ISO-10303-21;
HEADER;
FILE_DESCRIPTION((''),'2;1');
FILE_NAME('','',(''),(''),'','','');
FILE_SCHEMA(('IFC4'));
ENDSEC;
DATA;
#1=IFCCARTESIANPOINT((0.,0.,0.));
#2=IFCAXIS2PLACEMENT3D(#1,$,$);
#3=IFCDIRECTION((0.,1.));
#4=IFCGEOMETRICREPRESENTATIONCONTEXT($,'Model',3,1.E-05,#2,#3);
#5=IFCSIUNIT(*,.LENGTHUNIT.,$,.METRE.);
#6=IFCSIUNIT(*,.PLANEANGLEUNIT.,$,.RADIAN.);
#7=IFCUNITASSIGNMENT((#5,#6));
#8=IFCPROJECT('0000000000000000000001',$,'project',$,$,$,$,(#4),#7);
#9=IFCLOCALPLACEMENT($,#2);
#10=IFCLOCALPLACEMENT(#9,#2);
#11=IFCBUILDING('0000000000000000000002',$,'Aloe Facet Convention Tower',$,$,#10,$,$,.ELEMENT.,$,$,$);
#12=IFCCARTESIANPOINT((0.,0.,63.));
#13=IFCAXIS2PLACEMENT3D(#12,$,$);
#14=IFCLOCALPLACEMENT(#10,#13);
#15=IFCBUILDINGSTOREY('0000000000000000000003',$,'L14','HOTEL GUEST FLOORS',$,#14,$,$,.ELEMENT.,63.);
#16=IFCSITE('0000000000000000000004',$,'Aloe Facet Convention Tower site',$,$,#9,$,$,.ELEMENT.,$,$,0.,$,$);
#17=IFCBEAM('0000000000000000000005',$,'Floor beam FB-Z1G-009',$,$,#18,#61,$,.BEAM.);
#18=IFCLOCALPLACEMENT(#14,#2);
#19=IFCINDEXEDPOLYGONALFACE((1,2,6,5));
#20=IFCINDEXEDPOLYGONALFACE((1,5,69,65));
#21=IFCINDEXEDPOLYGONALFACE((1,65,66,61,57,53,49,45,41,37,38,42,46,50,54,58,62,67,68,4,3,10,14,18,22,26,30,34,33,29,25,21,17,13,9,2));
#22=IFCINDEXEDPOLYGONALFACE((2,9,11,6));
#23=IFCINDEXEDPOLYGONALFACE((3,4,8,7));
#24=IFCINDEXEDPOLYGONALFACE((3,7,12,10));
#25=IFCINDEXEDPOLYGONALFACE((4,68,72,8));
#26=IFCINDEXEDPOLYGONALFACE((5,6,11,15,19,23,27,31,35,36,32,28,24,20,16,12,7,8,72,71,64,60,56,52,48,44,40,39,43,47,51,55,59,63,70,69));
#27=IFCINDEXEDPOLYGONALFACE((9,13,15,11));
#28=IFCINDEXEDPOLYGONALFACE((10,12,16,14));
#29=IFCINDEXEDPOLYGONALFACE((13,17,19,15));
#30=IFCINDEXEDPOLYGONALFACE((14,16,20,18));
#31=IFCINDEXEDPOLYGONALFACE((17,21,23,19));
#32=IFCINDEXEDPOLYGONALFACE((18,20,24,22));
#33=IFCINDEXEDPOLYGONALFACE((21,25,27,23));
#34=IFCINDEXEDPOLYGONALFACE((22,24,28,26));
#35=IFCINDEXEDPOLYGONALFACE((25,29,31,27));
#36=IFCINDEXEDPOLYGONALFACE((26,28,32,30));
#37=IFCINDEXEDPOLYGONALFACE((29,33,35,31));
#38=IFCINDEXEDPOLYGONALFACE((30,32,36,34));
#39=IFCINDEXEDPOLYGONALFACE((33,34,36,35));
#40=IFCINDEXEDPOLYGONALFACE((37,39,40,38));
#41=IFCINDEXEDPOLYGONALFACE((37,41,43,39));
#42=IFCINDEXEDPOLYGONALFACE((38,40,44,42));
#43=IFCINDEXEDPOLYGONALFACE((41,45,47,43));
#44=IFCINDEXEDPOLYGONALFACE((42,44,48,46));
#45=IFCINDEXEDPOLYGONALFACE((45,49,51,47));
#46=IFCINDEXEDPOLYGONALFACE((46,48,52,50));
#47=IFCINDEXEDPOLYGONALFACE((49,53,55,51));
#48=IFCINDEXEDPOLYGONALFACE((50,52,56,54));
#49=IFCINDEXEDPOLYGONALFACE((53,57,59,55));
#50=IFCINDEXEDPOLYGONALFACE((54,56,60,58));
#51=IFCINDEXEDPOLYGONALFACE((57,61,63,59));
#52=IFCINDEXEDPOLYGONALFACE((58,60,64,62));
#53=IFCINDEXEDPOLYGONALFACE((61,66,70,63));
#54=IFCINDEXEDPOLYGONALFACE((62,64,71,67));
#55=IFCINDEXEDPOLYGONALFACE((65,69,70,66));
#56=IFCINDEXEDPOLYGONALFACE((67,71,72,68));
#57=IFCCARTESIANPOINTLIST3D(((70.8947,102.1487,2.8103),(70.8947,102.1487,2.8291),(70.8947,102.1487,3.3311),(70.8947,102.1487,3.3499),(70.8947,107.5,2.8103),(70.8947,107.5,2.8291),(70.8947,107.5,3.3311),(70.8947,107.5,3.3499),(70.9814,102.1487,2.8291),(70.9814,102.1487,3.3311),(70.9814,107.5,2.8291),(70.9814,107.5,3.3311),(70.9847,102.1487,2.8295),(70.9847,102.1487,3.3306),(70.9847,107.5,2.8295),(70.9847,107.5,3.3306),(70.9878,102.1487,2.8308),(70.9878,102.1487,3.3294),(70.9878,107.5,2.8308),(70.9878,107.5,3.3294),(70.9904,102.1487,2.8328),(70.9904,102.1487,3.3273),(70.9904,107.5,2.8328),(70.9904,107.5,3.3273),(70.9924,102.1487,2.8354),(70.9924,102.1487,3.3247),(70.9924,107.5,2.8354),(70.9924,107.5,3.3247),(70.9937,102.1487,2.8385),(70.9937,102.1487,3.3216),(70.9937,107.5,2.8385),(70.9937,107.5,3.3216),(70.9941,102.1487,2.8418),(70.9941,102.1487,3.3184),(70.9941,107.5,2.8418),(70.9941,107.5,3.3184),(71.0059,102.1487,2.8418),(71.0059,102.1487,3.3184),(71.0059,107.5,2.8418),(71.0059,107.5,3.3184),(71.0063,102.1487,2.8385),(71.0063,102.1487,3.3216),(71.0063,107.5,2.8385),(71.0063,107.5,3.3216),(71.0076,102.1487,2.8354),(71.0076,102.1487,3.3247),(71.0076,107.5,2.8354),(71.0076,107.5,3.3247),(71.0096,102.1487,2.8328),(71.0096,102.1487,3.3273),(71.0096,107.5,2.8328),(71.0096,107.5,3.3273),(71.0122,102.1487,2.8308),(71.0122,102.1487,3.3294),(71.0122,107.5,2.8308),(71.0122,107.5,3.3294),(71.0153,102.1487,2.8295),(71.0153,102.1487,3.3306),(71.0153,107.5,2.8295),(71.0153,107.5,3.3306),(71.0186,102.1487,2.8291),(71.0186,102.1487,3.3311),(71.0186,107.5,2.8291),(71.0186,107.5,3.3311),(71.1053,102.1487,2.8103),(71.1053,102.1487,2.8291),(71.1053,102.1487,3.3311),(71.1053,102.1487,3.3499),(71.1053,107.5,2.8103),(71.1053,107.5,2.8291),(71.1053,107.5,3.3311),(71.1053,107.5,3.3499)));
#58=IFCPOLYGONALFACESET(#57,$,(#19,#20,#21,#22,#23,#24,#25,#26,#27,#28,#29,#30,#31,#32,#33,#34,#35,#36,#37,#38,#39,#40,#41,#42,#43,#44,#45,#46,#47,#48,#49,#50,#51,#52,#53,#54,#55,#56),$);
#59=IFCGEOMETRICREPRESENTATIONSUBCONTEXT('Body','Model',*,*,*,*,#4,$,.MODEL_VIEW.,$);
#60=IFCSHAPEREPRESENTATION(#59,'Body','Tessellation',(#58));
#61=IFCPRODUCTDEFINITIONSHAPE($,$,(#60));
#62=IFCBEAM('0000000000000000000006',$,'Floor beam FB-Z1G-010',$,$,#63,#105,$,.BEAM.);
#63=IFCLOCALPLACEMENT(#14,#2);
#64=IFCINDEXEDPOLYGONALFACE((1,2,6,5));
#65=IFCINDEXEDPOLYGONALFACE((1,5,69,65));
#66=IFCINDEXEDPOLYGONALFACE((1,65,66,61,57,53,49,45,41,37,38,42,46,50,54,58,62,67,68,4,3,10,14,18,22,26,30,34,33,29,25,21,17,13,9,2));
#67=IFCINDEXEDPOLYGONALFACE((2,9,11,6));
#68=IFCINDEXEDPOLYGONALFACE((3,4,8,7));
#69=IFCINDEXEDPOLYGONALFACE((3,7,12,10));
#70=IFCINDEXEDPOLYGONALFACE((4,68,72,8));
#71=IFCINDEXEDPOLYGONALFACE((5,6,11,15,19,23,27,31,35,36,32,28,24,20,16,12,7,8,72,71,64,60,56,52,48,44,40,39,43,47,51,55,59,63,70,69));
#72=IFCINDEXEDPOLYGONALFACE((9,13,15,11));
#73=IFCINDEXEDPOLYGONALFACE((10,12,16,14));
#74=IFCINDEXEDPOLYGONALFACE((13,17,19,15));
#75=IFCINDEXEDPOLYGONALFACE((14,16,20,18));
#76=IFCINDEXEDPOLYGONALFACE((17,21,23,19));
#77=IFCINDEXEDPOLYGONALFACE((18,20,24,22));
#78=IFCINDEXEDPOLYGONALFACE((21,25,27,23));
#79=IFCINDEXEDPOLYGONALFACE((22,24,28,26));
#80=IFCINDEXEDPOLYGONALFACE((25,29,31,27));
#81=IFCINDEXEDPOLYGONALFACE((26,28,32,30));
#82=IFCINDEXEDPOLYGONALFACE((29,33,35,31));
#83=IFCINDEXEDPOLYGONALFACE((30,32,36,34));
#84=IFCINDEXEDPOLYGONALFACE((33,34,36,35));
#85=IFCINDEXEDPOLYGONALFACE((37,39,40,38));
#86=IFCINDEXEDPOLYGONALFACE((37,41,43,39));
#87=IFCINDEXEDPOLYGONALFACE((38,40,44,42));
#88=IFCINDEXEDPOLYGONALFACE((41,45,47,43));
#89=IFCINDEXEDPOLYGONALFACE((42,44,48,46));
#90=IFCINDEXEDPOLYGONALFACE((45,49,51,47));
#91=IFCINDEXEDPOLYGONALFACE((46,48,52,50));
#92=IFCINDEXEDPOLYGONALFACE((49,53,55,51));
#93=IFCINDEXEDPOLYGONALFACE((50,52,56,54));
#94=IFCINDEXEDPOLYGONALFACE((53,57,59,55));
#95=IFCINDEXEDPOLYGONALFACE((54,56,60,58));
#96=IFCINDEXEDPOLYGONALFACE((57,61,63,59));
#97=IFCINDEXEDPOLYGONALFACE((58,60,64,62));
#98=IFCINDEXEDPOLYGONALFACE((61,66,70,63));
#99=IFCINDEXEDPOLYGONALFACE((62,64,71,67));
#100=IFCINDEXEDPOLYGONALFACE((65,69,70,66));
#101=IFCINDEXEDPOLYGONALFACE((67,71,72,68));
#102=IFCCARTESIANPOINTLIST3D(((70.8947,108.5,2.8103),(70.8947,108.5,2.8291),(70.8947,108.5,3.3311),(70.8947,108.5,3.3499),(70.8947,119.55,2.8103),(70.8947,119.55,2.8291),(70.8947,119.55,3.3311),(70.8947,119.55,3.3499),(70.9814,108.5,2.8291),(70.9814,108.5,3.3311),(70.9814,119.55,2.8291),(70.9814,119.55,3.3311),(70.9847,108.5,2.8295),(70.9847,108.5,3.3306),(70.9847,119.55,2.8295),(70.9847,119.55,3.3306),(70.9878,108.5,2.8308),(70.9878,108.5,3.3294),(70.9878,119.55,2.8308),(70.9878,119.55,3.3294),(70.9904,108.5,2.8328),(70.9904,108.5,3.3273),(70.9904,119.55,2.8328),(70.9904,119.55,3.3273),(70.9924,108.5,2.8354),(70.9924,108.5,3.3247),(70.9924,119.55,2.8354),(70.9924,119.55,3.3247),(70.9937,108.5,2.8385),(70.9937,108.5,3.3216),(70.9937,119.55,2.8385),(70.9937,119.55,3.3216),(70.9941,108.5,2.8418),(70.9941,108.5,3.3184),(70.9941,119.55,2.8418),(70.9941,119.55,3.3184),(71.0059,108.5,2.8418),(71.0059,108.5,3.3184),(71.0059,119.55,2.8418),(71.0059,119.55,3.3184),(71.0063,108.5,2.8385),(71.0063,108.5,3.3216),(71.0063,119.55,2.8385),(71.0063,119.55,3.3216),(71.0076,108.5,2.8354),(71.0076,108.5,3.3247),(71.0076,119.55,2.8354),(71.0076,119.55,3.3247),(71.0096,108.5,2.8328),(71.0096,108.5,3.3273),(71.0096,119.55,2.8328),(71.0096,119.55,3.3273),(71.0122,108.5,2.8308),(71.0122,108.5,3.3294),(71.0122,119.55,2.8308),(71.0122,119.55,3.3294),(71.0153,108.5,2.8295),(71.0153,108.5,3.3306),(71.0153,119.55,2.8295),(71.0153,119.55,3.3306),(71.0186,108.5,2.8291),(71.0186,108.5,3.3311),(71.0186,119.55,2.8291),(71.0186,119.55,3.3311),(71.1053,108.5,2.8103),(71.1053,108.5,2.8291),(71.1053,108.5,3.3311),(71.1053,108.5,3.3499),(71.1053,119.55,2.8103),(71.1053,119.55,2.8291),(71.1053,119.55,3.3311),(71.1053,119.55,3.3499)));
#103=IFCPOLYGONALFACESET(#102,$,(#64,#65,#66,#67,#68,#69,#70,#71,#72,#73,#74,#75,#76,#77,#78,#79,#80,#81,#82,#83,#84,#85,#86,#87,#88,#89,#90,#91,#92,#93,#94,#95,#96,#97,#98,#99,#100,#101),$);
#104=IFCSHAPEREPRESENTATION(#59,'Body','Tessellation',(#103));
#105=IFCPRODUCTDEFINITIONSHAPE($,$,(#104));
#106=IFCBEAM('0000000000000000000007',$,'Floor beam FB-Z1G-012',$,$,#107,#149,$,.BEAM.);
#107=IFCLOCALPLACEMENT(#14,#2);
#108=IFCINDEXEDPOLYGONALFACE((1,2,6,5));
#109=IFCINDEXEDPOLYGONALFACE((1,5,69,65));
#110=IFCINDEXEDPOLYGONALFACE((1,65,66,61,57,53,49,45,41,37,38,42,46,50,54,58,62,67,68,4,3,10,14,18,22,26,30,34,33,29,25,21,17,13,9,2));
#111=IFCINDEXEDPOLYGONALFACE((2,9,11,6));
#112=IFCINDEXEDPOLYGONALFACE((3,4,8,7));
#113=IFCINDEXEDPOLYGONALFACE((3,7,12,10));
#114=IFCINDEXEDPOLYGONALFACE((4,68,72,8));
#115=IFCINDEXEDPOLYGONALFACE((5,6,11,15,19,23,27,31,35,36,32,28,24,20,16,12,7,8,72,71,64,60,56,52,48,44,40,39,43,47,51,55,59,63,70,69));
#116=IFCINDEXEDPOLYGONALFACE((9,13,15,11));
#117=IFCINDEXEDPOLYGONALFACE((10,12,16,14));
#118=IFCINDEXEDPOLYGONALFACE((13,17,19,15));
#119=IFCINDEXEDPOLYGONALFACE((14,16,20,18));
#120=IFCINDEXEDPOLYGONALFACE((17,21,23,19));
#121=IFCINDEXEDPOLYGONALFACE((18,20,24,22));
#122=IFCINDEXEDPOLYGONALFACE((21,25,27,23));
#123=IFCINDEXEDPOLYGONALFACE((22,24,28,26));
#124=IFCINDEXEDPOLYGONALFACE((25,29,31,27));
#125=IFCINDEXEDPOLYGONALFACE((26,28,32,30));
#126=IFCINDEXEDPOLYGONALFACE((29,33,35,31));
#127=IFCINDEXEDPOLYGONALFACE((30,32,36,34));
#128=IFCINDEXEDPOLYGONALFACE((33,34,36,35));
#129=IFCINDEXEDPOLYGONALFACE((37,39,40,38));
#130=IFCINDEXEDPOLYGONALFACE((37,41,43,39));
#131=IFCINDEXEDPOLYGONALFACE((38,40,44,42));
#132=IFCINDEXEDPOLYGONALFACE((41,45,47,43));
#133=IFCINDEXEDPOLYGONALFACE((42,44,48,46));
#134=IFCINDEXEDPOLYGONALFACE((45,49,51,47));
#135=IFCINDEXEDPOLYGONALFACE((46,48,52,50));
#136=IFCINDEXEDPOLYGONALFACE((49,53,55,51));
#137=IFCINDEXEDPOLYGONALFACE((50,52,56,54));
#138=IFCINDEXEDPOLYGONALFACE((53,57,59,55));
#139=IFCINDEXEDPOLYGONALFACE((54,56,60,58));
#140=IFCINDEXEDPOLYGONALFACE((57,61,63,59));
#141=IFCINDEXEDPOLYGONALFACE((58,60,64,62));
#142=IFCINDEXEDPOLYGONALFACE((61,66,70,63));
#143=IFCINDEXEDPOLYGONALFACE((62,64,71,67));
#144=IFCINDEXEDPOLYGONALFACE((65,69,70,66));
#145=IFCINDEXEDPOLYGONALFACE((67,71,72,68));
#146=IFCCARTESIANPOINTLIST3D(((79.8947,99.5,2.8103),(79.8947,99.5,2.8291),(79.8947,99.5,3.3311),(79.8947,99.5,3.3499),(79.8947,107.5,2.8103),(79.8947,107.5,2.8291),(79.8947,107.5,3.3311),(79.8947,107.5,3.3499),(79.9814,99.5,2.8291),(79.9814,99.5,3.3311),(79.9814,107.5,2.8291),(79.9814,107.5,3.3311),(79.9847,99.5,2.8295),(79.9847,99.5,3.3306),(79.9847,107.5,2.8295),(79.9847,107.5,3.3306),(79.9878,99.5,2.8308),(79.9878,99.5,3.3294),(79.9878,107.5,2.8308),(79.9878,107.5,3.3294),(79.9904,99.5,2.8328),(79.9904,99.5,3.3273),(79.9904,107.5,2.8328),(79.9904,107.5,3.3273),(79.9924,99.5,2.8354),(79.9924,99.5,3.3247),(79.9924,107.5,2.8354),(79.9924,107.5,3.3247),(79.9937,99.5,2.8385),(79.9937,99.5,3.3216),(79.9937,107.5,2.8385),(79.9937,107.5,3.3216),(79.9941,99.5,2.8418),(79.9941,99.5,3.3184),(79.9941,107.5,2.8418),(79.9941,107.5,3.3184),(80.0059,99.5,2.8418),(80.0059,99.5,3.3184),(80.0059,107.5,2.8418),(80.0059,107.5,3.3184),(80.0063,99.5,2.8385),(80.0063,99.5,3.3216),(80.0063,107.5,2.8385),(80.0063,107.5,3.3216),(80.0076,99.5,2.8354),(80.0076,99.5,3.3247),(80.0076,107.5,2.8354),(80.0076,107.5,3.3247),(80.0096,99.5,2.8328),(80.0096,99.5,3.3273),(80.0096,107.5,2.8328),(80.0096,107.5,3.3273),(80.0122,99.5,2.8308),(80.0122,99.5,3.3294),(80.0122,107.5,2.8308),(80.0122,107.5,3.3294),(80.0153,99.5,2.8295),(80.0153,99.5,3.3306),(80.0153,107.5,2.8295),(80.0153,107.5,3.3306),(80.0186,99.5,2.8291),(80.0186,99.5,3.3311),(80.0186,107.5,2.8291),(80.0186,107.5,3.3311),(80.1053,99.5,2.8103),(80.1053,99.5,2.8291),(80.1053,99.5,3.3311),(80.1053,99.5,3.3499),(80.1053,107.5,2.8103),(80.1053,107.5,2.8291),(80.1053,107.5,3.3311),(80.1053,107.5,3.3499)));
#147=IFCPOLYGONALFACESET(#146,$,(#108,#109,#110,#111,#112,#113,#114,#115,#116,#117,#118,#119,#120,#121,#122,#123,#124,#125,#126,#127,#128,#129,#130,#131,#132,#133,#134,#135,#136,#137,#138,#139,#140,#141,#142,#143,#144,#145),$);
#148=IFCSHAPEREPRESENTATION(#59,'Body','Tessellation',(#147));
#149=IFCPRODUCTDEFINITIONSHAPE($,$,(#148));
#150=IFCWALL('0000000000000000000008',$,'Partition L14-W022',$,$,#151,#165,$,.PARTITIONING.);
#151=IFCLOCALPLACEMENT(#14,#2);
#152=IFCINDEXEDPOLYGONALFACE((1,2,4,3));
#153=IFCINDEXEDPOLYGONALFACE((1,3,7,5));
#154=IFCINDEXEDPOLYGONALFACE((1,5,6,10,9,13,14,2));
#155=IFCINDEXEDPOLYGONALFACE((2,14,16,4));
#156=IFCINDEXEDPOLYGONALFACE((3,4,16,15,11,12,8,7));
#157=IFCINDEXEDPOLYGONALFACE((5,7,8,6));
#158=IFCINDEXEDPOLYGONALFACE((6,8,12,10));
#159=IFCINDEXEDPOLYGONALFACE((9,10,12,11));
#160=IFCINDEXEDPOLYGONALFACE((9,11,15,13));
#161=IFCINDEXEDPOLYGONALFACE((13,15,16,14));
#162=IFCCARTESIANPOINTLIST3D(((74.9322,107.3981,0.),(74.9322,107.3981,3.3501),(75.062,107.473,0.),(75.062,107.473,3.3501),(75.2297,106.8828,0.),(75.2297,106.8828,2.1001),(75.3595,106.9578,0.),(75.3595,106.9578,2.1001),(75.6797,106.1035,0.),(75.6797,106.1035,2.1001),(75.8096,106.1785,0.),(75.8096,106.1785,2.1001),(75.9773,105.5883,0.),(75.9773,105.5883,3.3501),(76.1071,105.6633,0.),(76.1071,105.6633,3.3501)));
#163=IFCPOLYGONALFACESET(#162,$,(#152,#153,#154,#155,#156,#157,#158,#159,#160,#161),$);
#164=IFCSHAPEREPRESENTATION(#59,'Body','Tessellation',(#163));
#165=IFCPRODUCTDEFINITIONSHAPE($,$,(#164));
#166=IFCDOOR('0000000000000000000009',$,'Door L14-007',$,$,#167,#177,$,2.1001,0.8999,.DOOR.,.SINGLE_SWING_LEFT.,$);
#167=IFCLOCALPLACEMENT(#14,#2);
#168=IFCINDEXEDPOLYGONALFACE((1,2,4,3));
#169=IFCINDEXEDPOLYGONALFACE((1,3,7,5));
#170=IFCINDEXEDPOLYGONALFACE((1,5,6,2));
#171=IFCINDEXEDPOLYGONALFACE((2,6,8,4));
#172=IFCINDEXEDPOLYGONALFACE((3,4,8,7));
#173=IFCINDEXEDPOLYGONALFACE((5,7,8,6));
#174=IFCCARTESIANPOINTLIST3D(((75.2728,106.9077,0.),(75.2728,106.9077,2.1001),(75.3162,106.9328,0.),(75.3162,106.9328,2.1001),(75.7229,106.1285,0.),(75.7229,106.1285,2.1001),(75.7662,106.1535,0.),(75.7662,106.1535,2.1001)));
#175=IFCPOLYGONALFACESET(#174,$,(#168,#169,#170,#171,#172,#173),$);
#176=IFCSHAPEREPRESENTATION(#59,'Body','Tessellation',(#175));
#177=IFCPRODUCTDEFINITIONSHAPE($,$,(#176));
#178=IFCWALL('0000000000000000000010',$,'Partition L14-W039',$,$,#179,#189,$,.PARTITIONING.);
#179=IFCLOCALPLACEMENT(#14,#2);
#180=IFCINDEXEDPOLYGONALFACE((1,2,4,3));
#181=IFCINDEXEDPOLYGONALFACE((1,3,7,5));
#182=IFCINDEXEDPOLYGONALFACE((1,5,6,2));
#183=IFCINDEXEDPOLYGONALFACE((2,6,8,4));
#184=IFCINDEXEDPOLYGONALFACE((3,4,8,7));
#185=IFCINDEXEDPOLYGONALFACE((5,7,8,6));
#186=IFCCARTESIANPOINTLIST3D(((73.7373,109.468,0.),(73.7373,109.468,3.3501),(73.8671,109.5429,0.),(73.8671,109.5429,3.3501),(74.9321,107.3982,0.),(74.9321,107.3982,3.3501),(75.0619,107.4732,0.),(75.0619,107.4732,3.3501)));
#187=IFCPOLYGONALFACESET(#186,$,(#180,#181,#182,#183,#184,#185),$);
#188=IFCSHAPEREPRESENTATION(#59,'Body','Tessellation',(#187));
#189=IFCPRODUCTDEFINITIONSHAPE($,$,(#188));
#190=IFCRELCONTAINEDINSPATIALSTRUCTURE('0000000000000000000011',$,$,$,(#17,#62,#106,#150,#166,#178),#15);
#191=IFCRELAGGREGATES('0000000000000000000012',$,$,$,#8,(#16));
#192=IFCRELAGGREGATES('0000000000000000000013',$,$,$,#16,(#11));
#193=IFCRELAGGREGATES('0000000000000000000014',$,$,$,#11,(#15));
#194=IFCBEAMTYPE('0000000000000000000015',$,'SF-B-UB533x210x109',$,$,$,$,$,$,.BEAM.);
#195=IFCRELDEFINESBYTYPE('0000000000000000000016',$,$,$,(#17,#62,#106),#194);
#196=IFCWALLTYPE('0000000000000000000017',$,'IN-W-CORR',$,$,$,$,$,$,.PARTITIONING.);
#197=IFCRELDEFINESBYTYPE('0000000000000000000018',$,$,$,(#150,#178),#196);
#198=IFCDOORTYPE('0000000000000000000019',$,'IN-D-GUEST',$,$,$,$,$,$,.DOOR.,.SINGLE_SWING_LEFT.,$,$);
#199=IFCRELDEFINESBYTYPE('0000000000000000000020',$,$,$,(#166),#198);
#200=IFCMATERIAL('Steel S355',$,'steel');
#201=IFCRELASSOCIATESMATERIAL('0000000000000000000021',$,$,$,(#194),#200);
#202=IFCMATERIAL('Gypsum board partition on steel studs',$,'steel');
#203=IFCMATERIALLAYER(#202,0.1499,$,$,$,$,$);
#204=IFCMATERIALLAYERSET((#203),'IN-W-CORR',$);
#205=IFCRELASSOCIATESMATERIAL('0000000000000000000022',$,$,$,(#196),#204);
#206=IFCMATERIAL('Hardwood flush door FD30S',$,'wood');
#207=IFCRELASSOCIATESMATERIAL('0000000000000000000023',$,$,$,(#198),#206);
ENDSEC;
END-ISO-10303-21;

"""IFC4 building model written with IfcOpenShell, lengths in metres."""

from ifc_helpers import new_model, si_unit, direction, frame, frame_2d, origin, origin_2d, place, context, subcontext, project, spatial, rectangle, i_section, extrude, material, layer, layer_set, material_profile, profile_set, type_object, element, fill, save


model = new_model("IFC4")

# Units and contexts
model_context = context("Model", 3, precision=1e-05, world=origin(), true_north=direction((0.0, 1.0)))
body_context = subcontext(model_context, "Body", "Model", "MODEL_VIEW")
ifc_project = project(units=[si_unit("LENGTHUNIT", "METRE"), si_unit("PLANEANGLEUNIT", "RADIAN")], contexts=[model_context])

# Site, building, storey
site_placement = place(None, origin())
site = spatial("IfcSite", under=ifc_project, at=site_placement, Name="Aloe Facet Convention Tower site", CompositionType="ELEMENT", RefElevation=0.0)
building_placement = place(site_placement, origin())
building = spatial("IfcBuilding", under=site, at=building_placement, Name="Aloe Facet Convention Tower", CompositionType="ELEMENT")
storey_placement = place(building_placement, frame((0.0, 0.0, 63.0)))
storey = spatial("IfcBuildingStorey", under=building, at=storey_placement, Name="L14", Description="HOTEL GUEST FLOORS", CompositionType="ELEMENT", Elevation=63.0)

# Beams
ifc_material_1 = material(Name="Steel S355", Category="steel")
ifc_material_profile_1 = material_profile(ifc_material_1, i_section(OverallWidth=0.2107, OverallDepth=0.5396, WebThickness=0.0117, FlangeThickness=0.0188, FilletRadius=0.0127, at=origin_2d()), Name="UB 533x210x109")
ifc_profile_set_1 = profile_set([ifc_material_profile_1], Name="Steel S355")
beam_type_1 = type_object("IfcBeamType", Name="SF-B-UB533x210x109", PredefinedType="BEAM", material=ifc_profile_set_1)
beam_1_placement = place(storey_placement, frame((71.0, 107.5, 3.0801), z_axis=(0.0, -1.0, 0.0), x_axis=(1.0, 0.0, 0.0)))
element("IfcBeam", 1, at=beam_1_placement, inside=storey, type_object=beam_type_1, Name="Floor beam FB-Z1G-009", PredefinedType="BEAM", context=body_context, shape_type="SweptSolid", body=[
    extrude(i_section(OverallWidth=0.2107, OverallDepth=0.5396, WebThickness=0.0117, FlangeThickness=0.0188, FilletRadius=0.0127, at=origin_2d()), origin(), (0.0, 0.0, 1.0), 5.3513),
])
beam_2_placement = place(storey_placement, frame((71.0, 119.55, 3.0801), z_axis=(0.0, -1.0, 0.0), x_axis=(1.0, 0.0, 0.0)))
element("IfcBeam", 2, at=beam_2_placement, inside=storey, type_object=beam_type_1, Name="Floor beam FB-Z1G-010", PredefinedType="BEAM", context=body_context, shape_type="SweptSolid", body=[
    extrude(i_section(OverallWidth=0.2107, OverallDepth=0.5396, WebThickness=0.0117, FlangeThickness=0.0188, FilletRadius=0.0127, at=origin_2d()), origin(), (0.0, 0.0, 1.0), 11.05),
])
beam_3_placement = place(storey_placement, frame((80.0, 107.5, 3.0801), z_axis=(0.0, -1.0, 0.0), x_axis=(1.0, 0.0, 0.0)))
element("IfcBeam", 3, at=beam_3_placement, inside=storey, type_object=beam_type_1, Name="Floor beam FB-Z1G-012", PredefinedType="BEAM", context=body_context, shape_type="SweptSolid", body=[
    extrude(i_section(OverallWidth=0.2107, OverallDepth=0.5396, WebThickness=0.0117, FlangeThickness=0.0188, FilletRadius=0.0127, at=origin_2d()), origin(), (0.0, 0.0, 1.0), 8.0),
])

# Wall, opening, door
ifc_material_2 = material(Name="Gypsum board partition on steel studs", Category="steel")
ifc_layer_1 = layer(ifc_material_2, 0.1499)
ifc_layer_set_1 = layer_set([ifc_layer_1], Name="IN-W-CORR")
wall_type_1 = type_object("IfcWallType", Name="IN-W-CORR", PredefinedType="PARTITIONING", material=ifc_layer_set_1)
wall_1_placement = place(storey_placement, frame((74.9971, 107.4355, 0.0), z_axis=(0.0, 0.0, 1.0), x_axis=(0.500097, -0.86597, 0.0)))
wall_1 = element("IfcWall", 4, at=wall_1_placement, inside=storey, type_object=wall_type_1, Name="Partition L14-W022", PredefinedType="PARTITIONING", context=body_context, shape_type="SweptSolid", body=[
    extrude(rectangle(XDim=2.0898, YDim=0.1499, at=frame_2d((1.0449, 0.0))), origin(), (0.0, 0.0, 1.0), 3.3501),
])
opening_1_placement = place(wall_1_placement, frame((0.595, 0.0, 0.0)))
opening_1 = element("IfcOpeningElement", 5, at=opening_1_placement, cuts=wall_1, PredefinedType="OPENING", context=body_context, shape_type="SweptSolid", body=[
    extrude(rectangle(XDim=0.8999, YDim=2.1001, at=frame_2d((0.45, 1.05))), frame((0.0, 0.085, 0.0), z_axis=(0.0, -1.0, 0.0), x_axis=(1.0, 0.0, 0.0)), (0.0, 0.0, 1.0), 0.1699),
])
ifc_material_3 = material(Name="Hardwood flush door FD30S", Category="wood")
door_type_1 = type_object("IfcDoorType", Name="IN-D-GUEST", OperationType="SINGLE_SWING_LEFT", PredefinedType="DOOR", material=ifc_material_3)
door_1_placement = place(opening_1_placement, origin())
door_1 = element("IfcDoor", 6, at=door_1_placement, inside=storey, type_object=door_type_1, Name="Door L14-007", OperationType="SINGLE_SWING_LEFT", OverallHeight=2.1001, OverallWidth=0.8999, PredefinedType="DOOR", context=body_context, shape_type="SweptSolid", body=[
    extrude(rectangle(XDim=0.8999, YDim=2.1001, at=frame_2d((0.45, 1.05))), frame((0.0, 0.0249, 0.0), z_axis=(0.0, -1.0, 0.0), x_axis=(1.0, 0.0, 0.0)), (0.0, 0.0, 1.0), 0.05),
])
fill(opening_1, door_1)

# Wall
wall_2_placement = place(storey_placement, frame((73.8022, 109.5054, 0.0), z_axis=(0.0, 0.0, 1.0), x_axis=(0.499941, -0.86606, 0.0)))
element("IfcWall", 7, at=wall_2_placement, inside=storey, type_object=wall_type_1, Name="Partition L14-W039", PredefinedType="PARTITIONING", context=body_context, shape_type="SweptSolid", body=[
    extrude(rectangle(XDim=2.3899, YDim=0.1499, at=frame_2d((1.1948, 0.0))), origin(), (0.0, 0.0, 1.0), 3.3501),
])

save(model, "model.ifc")
